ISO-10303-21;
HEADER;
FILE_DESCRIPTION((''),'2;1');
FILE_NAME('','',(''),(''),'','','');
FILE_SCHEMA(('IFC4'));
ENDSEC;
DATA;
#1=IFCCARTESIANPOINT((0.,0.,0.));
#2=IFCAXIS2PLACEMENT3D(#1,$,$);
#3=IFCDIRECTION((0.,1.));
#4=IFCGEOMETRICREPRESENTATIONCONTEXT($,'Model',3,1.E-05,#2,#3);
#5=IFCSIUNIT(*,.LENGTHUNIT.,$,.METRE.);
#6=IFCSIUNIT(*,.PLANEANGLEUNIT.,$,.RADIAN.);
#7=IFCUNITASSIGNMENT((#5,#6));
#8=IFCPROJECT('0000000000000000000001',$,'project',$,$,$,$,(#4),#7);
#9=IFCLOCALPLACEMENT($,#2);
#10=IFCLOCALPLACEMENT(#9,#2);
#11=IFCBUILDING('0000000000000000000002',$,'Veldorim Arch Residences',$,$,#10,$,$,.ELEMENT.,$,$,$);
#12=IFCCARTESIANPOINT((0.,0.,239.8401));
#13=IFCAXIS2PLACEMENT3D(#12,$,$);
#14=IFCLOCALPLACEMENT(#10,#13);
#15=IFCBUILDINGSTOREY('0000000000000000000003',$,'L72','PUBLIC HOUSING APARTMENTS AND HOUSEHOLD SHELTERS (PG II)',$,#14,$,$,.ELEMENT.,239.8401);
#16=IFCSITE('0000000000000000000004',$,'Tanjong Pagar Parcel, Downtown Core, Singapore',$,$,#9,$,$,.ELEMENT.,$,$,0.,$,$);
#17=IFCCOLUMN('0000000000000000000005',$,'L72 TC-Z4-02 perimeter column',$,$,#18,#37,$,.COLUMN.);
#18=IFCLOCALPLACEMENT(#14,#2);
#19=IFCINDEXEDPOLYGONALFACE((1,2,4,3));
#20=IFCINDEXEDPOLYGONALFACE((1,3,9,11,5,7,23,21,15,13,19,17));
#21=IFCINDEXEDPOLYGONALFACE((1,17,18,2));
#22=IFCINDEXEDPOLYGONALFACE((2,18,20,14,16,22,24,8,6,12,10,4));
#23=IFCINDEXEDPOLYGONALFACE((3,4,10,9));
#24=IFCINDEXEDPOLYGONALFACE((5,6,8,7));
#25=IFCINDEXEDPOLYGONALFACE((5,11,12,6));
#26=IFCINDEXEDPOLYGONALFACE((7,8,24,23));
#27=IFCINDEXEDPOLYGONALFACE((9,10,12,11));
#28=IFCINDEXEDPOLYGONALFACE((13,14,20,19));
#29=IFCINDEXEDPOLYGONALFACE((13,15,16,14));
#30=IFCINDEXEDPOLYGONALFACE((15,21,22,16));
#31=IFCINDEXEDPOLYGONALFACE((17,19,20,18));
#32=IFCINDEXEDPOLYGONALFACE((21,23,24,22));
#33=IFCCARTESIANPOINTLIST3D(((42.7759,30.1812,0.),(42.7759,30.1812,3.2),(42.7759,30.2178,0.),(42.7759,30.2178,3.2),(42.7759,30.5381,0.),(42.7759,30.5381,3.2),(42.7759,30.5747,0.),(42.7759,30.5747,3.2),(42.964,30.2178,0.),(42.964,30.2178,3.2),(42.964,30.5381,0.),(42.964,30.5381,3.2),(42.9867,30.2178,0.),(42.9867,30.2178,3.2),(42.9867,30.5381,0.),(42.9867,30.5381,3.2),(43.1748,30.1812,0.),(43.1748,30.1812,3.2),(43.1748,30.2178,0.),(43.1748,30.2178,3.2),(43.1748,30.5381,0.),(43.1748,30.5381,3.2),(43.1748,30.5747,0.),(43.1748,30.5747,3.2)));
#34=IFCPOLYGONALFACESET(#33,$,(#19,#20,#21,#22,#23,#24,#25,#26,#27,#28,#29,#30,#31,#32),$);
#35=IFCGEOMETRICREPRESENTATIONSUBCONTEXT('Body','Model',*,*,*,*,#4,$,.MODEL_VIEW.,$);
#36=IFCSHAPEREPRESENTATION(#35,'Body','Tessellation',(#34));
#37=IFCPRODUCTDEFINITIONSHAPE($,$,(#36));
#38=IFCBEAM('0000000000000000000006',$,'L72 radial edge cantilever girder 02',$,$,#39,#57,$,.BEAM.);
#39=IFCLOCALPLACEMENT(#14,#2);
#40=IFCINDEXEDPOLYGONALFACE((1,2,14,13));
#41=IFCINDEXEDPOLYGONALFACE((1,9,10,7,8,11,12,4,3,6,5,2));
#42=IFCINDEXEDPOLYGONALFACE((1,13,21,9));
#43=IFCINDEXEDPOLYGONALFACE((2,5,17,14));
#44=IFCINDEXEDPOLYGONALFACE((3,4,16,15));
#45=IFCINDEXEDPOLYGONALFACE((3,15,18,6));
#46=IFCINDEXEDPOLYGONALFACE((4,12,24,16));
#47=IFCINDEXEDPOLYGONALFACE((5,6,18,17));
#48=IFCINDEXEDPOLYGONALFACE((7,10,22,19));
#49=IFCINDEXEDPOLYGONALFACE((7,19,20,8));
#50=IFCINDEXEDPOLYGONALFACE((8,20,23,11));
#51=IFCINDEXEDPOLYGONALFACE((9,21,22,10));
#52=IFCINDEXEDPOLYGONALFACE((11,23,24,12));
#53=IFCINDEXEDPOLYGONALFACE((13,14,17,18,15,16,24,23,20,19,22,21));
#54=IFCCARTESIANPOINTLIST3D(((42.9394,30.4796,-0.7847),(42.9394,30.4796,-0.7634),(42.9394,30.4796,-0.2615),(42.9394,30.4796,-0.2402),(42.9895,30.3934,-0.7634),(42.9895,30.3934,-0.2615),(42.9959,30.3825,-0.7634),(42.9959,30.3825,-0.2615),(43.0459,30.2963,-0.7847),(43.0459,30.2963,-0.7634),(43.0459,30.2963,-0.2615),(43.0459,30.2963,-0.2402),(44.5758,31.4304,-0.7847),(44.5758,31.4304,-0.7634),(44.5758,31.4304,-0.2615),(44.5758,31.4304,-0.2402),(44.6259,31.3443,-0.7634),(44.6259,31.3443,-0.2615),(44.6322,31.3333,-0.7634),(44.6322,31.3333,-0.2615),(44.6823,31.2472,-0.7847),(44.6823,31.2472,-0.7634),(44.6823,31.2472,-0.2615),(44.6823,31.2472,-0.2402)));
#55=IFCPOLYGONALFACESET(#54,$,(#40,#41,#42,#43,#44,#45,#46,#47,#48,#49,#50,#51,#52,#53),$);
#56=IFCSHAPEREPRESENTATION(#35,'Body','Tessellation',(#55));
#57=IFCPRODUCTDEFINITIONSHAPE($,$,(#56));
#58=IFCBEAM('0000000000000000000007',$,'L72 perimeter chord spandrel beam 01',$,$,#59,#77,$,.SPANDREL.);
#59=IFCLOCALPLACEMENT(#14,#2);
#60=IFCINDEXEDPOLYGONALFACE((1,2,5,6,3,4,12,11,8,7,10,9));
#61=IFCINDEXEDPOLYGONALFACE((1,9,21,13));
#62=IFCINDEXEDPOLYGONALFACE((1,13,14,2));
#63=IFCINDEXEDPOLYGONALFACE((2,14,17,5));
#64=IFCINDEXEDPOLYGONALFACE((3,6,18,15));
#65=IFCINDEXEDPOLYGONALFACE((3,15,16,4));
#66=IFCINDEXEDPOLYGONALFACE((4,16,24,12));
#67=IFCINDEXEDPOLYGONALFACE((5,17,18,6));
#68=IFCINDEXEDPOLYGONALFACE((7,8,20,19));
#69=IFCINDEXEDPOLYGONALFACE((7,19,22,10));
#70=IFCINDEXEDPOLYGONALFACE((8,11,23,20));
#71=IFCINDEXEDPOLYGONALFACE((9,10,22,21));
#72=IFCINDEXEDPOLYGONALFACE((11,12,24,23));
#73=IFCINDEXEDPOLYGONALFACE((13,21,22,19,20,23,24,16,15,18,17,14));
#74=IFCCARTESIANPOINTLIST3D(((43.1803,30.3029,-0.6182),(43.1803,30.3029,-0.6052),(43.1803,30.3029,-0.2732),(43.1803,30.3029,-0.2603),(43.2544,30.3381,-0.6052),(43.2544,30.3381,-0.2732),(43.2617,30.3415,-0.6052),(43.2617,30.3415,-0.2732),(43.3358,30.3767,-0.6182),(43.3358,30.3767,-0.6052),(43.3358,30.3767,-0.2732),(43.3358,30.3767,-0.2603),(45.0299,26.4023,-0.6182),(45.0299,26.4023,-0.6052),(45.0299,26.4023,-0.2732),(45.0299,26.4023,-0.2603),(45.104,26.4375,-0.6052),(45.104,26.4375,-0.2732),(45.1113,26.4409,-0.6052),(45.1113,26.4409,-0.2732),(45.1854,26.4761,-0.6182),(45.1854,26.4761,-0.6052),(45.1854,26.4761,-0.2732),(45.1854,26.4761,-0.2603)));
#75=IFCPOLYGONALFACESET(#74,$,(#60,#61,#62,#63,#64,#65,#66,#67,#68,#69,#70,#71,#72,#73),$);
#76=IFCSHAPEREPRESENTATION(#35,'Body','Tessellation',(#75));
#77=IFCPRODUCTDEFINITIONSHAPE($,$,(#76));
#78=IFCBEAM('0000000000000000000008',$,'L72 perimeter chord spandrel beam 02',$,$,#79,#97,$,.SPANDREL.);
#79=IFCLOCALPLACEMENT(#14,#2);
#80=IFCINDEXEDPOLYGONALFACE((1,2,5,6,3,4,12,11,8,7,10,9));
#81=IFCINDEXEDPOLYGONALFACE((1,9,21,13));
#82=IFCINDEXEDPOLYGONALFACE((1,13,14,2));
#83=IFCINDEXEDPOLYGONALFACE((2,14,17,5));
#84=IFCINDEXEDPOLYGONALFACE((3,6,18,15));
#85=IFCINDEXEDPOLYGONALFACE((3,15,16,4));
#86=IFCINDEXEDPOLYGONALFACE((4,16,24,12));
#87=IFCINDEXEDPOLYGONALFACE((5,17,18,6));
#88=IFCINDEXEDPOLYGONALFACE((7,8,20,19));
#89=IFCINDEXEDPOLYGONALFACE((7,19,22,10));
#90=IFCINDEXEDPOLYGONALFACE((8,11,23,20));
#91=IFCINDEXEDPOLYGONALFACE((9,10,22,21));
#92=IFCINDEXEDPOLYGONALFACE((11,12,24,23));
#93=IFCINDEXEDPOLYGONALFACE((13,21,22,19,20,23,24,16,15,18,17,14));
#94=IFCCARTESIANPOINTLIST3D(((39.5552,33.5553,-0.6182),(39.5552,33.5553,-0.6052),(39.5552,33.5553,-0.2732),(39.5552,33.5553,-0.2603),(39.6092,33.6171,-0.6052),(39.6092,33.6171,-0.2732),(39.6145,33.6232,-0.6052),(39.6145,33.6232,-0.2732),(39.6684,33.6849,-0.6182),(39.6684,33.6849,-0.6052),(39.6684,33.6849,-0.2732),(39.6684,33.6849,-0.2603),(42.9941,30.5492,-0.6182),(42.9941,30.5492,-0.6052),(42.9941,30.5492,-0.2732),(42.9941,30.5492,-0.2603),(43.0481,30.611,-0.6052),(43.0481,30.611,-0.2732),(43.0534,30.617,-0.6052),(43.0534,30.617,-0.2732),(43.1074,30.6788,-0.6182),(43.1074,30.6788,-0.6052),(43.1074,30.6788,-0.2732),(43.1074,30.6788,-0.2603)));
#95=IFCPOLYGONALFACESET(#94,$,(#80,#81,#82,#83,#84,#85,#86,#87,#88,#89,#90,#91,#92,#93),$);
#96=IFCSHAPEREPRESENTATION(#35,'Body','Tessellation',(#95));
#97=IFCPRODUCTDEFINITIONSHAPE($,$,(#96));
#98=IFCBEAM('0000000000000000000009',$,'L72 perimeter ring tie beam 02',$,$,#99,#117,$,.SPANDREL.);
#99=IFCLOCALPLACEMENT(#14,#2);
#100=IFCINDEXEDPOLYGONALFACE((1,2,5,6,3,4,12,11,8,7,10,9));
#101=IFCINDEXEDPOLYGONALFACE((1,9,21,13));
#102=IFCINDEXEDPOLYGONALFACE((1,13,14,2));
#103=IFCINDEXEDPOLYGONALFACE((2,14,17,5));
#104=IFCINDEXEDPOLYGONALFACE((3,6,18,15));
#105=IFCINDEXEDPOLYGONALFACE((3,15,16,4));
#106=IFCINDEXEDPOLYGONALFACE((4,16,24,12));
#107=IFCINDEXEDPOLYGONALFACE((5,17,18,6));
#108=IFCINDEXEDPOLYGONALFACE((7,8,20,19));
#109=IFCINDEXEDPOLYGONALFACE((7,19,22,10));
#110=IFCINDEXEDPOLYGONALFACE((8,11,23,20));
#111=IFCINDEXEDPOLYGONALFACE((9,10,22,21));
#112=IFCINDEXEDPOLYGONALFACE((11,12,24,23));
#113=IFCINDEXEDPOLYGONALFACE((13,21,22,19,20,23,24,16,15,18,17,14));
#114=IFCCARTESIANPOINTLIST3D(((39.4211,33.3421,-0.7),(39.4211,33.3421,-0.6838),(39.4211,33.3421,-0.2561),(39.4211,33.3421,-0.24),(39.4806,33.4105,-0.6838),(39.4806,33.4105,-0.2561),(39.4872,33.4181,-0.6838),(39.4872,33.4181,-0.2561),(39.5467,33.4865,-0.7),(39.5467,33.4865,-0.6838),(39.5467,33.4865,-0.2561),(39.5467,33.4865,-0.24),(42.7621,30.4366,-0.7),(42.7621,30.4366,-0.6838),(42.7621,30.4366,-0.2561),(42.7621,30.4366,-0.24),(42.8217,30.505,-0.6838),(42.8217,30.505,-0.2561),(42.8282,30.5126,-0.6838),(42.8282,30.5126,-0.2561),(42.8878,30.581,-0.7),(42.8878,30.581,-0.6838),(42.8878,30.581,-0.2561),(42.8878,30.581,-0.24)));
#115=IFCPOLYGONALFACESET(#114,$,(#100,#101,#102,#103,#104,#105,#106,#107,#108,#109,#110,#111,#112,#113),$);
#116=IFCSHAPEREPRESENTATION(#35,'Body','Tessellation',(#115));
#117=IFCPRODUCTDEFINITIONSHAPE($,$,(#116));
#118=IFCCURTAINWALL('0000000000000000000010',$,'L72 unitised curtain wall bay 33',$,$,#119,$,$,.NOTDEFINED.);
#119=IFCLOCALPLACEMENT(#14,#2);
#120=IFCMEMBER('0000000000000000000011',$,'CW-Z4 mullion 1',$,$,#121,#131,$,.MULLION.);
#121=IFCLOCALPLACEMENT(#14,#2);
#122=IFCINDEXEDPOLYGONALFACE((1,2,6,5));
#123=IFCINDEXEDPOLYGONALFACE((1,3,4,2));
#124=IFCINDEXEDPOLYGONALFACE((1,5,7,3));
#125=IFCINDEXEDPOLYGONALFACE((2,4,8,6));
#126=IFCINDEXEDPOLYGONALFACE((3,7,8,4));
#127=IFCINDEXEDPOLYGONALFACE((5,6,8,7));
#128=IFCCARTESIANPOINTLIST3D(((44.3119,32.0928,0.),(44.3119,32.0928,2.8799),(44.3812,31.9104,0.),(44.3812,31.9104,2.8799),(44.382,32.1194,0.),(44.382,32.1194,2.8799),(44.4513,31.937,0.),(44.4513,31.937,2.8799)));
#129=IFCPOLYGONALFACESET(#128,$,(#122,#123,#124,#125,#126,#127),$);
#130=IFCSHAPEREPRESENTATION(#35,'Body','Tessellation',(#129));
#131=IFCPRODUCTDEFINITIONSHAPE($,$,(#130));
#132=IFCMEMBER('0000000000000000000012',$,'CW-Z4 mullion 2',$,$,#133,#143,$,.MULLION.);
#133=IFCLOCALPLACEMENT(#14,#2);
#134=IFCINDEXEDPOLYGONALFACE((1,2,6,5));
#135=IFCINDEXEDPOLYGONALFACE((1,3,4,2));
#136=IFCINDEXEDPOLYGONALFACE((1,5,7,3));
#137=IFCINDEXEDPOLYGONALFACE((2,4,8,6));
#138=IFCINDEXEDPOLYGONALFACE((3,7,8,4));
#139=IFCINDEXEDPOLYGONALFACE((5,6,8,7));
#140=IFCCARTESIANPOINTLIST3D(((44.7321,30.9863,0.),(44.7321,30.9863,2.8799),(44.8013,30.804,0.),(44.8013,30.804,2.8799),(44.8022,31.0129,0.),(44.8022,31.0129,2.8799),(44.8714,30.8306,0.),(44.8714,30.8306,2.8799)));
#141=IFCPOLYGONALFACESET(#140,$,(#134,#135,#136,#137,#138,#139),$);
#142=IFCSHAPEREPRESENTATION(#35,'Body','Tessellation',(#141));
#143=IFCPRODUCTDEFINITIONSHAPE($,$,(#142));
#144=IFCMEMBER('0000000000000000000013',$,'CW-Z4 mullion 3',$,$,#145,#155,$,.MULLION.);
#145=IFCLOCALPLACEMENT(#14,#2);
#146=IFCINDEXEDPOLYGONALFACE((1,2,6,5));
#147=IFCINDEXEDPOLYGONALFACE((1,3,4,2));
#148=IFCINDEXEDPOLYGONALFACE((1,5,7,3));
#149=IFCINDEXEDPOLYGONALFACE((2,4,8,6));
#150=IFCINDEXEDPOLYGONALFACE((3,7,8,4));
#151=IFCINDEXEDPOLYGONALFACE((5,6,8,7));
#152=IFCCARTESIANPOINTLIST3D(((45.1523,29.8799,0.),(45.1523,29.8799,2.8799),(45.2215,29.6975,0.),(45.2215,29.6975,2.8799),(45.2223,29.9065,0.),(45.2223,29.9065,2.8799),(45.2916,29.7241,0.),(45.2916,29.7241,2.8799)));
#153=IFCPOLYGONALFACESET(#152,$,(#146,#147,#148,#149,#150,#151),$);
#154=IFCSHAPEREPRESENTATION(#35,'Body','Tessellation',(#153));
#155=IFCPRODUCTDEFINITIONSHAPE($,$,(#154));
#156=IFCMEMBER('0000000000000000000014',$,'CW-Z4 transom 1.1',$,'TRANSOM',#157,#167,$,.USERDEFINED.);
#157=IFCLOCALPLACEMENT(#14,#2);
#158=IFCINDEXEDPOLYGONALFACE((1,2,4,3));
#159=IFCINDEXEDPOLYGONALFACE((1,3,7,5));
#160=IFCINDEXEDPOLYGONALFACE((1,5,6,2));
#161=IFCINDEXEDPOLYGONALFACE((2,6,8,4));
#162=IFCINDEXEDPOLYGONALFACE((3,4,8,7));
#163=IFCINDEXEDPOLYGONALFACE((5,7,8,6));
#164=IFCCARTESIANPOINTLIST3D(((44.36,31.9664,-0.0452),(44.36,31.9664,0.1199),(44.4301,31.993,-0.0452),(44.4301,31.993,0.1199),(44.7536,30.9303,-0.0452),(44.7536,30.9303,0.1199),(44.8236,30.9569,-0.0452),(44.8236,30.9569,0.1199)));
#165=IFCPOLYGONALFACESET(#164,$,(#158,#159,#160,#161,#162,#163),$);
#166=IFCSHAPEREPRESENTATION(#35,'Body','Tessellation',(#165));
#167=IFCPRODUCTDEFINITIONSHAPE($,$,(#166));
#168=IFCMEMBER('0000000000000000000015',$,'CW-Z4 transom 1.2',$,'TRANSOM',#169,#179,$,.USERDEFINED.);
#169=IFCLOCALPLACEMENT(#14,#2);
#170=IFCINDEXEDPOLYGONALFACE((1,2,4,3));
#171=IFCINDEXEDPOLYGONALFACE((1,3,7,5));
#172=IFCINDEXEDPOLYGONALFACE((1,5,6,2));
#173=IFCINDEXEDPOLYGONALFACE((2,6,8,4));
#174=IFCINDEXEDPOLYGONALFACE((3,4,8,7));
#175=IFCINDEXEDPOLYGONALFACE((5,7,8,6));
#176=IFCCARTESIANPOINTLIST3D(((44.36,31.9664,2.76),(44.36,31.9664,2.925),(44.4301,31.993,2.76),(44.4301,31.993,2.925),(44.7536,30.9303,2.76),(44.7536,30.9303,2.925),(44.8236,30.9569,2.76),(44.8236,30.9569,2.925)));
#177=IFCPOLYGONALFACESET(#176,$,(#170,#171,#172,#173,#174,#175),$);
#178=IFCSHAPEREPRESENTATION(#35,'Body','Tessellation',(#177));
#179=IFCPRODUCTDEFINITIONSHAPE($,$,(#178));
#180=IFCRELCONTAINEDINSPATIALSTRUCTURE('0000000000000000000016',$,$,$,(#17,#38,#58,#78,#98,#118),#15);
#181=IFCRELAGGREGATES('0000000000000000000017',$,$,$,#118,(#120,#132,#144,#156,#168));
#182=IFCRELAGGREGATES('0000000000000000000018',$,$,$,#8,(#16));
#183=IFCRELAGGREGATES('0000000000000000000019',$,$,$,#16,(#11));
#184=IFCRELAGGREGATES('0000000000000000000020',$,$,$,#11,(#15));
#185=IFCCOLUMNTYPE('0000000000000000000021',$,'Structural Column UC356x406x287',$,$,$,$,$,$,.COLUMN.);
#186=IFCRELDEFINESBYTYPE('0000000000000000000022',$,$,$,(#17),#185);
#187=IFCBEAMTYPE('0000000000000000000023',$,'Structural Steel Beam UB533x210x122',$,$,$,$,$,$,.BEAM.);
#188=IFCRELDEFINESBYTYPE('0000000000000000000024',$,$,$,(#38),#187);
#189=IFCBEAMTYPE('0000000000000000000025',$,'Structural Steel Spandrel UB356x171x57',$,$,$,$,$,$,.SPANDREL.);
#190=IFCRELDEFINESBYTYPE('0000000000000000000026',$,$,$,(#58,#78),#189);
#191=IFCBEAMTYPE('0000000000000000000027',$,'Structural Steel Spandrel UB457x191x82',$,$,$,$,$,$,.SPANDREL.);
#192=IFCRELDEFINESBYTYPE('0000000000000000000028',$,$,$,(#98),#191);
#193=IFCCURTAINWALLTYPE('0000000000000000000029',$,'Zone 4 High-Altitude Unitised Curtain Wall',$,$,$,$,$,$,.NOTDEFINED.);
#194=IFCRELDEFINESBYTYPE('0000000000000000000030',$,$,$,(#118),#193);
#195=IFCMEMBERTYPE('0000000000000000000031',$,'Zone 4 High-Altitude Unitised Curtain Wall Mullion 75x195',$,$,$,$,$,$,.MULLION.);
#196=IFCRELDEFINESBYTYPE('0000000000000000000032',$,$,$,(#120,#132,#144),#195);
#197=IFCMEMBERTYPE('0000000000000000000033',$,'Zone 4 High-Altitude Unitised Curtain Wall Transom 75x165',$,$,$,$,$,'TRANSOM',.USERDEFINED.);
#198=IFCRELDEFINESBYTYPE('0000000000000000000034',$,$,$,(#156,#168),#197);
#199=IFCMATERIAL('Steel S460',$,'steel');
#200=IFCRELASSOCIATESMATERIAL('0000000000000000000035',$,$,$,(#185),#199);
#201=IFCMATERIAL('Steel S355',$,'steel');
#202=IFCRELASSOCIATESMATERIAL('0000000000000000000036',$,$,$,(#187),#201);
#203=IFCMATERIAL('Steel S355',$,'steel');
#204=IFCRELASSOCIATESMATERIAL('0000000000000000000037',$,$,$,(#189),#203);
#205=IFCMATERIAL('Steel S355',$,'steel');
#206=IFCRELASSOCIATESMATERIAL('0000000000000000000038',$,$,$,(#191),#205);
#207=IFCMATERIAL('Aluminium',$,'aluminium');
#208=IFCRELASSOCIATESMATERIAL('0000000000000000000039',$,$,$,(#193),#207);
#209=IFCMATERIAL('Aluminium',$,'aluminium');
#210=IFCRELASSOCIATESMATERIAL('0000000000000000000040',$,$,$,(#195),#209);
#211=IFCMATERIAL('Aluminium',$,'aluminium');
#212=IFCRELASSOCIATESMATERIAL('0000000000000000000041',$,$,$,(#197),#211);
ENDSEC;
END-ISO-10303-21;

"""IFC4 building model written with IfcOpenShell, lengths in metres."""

from ifc_helpers import new_model, si_unit, direction, frame, origin, origin_2d, place, context, subcontext, project, spatial, rectangle, i_section, extrude, material, material_profile, profile_set, type_object, element, aggregate, save


model = new_model("IFC4")

# Units and contexts
model_context = context("Model", 3, precision=1e-05, world=origin(), true_north=direction((0.0, 1.0)))
body_context = subcontext(model_context, "Body", "Model", "MODEL_VIEW")
ifc_project = project(units=[si_unit("LENGTHUNIT", "METRE"), si_unit("PLANEANGLEUNIT", "RADIAN")], contexts=[model_context])

# Site, building, storey
site_placement = place(None, origin())
site = spatial("IfcSite", under=ifc_project, at=site_placement, Name="Tanjong Pagar Parcel, Downtown Core, Singapore", CompositionType="ELEMENT", RefElevation=0.0)
building_placement = place(site_placement, origin())
building = spatial("IfcBuilding", under=site, at=building_placement, Name="Veldorim Arch Residences", CompositionType="ELEMENT")
storey_placement = place(building_placement, frame((0.0, 0.0, 239.8401)))
storey = spatial("IfcBuildingStorey", under=building, at=storey_placement, Name="L72", Description="PUBLIC HOUSING APARTMENTS AND HOUSEHOLD SHELTERS (PG II)", CompositionType="ELEMENT", Elevation=239.8401)

# Column
ifc_material_1 = material(Name="Steel S460", Category="steel")
ifc_material_profile_1 = material_profile(ifc_material_1, i_section(OverallWidth=0.3989, OverallDepth=0.3936, WebThickness=0.0227, FlangeThickness=0.0366, at=origin_2d()), Name="UC356x406x287")
ifc_profile_set_1 = profile_set([ifc_material_profile_1], Name="Steel S460")
column_type = type_object("IfcColumnType", Name="Structural Column UC356x406x287", PredefinedType="COLUMN", material=ifc_profile_set_1)
column_placement = place(storey_placement, frame((42.9753, 30.3779, 0.0), z_axis=(0.0, 0.0, 1.0), x_axis=(1.0, 0.0, 0.0)))
element("IfcColumn", 1, at=column_placement, inside=storey, type_object=column_type, Name="L72 TC-Z4-02 perimeter column", PredefinedType="COLUMN", context=body_context, shape_type="SweptSolid", body=[
    extrude(i_section(OverallWidth=0.3989, OverallDepth=0.3936, WebThickness=0.0227, FlangeThickness=0.0366, at=origin_2d()), origin(), (0.0, 0.0, 1.0), 3.2),
])

# Beams
ifc_material_2 = material(Name="Steel S355", Category="steel")
ifc_material_profile_2 = material_profile(ifc_material_2, i_section(OverallWidth=0.2119, OverallDepth=0.5444, WebThickness=0.0127, FlangeThickness=0.0212, at=origin_2d()), Name="UB533x210x122")
ifc_profile_set_2 = profile_set([ifc_material_profile_2], Name="Steel S355")
beam_type_1 = type_object("IfcBeamType", Name="Structural Steel Beam UB533x210x122", PredefinedType="BEAM", material=ifc_profile_set_2)
beam_1_placement = place(storey_placement, frame((42.9927, 30.3879, -0.5125), z_axis=(0.864624, 0.502419, 0.0), x_axis=(-0.502419, 0.864624, 0.0)))
element("IfcBeam", 2, at=beam_1_placement, inside=storey, type_object=beam_type_1, Name="L72 radial edge cantilever girder 02", PredefinedType="BEAM", context=body_context, shape_type="SweptSolid", body=[
    extrude(i_section(OverallWidth=0.2119, OverallDepth=0.5444, WebThickness=0.0127, FlangeThickness=0.0212, at=origin_2d()), origin(), (0.0, 0.0, 1.0), 1.8926),
])
ifc_material_3 = material(Name="Steel S355", Category="steel")
ifc_material_profile_3 = material_profile(ifc_material_3, i_section(OverallWidth=0.1721, OverallDepth=0.3579, WebThickness=0.0081, FlangeThickness=0.0129, at=origin_2d()), Name="UB356x171x57")
ifc_profile_set_3 = profile_set([ifc_material_profile_3], Name="Steel S355")
beam_type_2 = type_object("IfcBeamType", Name="Structural Steel Spandrel UB356x171x57", PredefinedType="SPANDREL", material=ifc_profile_set_3)
beam_2_placement = place(storey_placement, frame((45.1077, 26.4392, -0.4392), z_axis=(-0.428453, 0.903564, 0.0), x_axis=(-0.903564, -0.428453, 0.0)))
element("IfcBeam", 3, at=beam_2_placement, inside=storey, type_object=beam_type_2, Name="L72 perimeter chord spandrel beam 01", PredefinedType="SPANDREL", context=body_context, shape_type="SweptSolid", body=[
    extrude(i_section(OverallWidth=0.1721, OverallDepth=0.3579, WebThickness=0.0081, FlangeThickness=0.0129, at=origin_2d()), origin(), (0.0, 0.0, 1.0), 4.3169),
])
beam_3_placement = place(storey_placement, frame((43.0508, 30.614, -0.4392), z_axis=(-0.752901, 0.658134, 0.0), x_axis=(-0.658134, -0.752901, 0.0)))
element("IfcBeam", 4, at=beam_3_placement, inside=storey, type_object=beam_type_2, Name="L72 perimeter chord spandrel beam 02", PredefinedType="SPANDREL", context=body_context, shape_type="SweptSolid", body=[
    extrude(i_section(OverallWidth=0.1721, OverallDepth=0.3579, WebThickness=0.0081, FlangeThickness=0.0129, at=origin_2d()), origin(), (0.0, 0.0, 1.0), 4.5676),
])
ifc_material_4 = material(Name="Steel S355", Category="steel")
ifc_material_profile_4 = material_profile(ifc_material_4, i_section(OverallWidth=0.1914, OverallDepth=0.46, WebThickness=0.01, FlangeThickness=0.0161, at=origin_2d()), Name="UB457x191x82")
ifc_profile_set_4 = profile_set([ifc_material_profile_4], Name="Steel S355")
beam_type_3 = type_object("IfcBeamType", Name="Structural Steel Spandrel UB457x191x82", PredefinedType="SPANDREL", material=ifc_profile_set_4)
beam_4_placement = place(storey_placement, frame((42.825, 30.5088, -0.47), z_axis=(-0.754578, 0.65621, 0.0), x_axis=(-0.65621, -0.754578, 0.0)))
element("IfcBeam", 5, at=beam_4_placement, inside=storey, type_object=beam_type_3, Name="L72 perimeter ring tie beam 02", PredefinedType="SPANDREL", context=body_context, shape_type="SweptSolid", body=[
    extrude(i_section(OverallWidth=0.1914, OverallDepth=0.46, WebThickness=0.01, FlangeThickness=0.0161, at=origin_2d()), origin(), (0.0, 0.0, 1.0), 4.4277),
])

# Curtain wall, members
ifc_material_5 = material(Name="Aluminium", Category="aluminium")
curtain_wall_type = type_object("IfcCurtainWallType", Name="Zone 4 High-Altitude Unitised Curtain Wall", PredefinedType="NOTDEFINED", material=ifc_material_5)
curtain_wall_placement = place(storey_placement, origin())
curtain_wall = element("IfcCurtainWall", 6, at=curtain_wall_placement, inside=storey, type_object=curtain_wall_type, Name="L72 unitised curtain wall bay 33", PredefinedType="NOTDEFINED")
ifc_material_6 = material(Name="Aluminium", Category="aluminium")
ifc_material_profile_5 = material_profile(ifc_material_6, rectangle(XDim=0.075, YDim=0.1951, at=origin_2d()), Name="ALU_MUL_75x195")
ifc_profile_set_5 = profile_set([ifc_material_profile_5], Name="Aluminium")
member_type_1 = type_object("IfcMemberType", Name="Zone 4 High-Altitude Unitised Curtain Wall Mullion 75x195", PredefinedType="MULLION", material=ifc_profile_set_5)
member_1_placement = place(storey_placement, frame((44.3816, 32.0149, 0.0), z_axis=(0.0, 0.0, 1.0), x_axis=(0.934865, 0.355002, 0.0)))
member_1 = element("IfcMember", 7, at=member_1_placement, type_object=member_type_1, Name="CW-Z4 mullion 1", PredefinedType="MULLION", context=body_context, shape_type="SweptSolid", body=[
    extrude(rectangle(XDim=0.075, YDim=0.1951, at=origin_2d()), origin(), (0.0, 0.0, 1.0), 2.8799),
])
member_2_placement = place(storey_placement, frame((44.8018, 30.9084, 0.0), z_axis=(0.0, 0.0, 1.0), x_axis=(0.934865, 0.355002, 0.0)))
member_2 = element("IfcMember", 8, at=member_2_placement, type_object=member_type_1, Name="CW-Z4 mullion 2", PredefinedType="MULLION", context=body_context, shape_type="SweptSolid", body=[
    extrude(rectangle(XDim=0.075, YDim=0.1951, at=origin_2d()), origin(), (0.0, 0.0, 1.0), 2.8799),
])
member_3_placement = place(storey_placement, frame((45.2219, 29.802, 0.0), z_axis=(0.0, 0.0, 1.0), x_axis=(0.934865, 0.355002, 0.0)))
member_3 = element("IfcMember", 9, at=member_3_placement, type_object=member_type_1, Name="CW-Z4 mullion 3", PredefinedType="MULLION", context=body_context, shape_type="SweptSolid", body=[
    extrude(rectangle(XDim=0.075, YDim=0.1951, at=origin_2d()), origin(), (0.0, 0.0, 1.0), 2.8799),
])
ifc_material_7 = material(Name="Aluminium", Category="aluminium")
ifc_material_profile_6 = material_profile(ifc_material_7, rectangle(XDim=0.075, YDim=0.165, at=origin_2d()), Name="ALU_TRN_75x165")
ifc_profile_set_6 = profile_set([ifc_material_profile_6], Name="Aluminium")
member_type_2 = type_object("IfcMemberType", Name="Zone 4 High-Altitude Unitised Curtain Wall Transom 75x165", ElementType="TRANSOM", PredefinedType="USERDEFINED", material=ifc_profile_set_6)
member_4_placement = place(storey_placement, frame((44.395, 31.9797, 0.0374), z_axis=(0.355079, -0.934836, 0.0), x_axis=(0.934836, 0.355079, 0.0)))
member_4 = element("IfcMember", 10, at=member_4_placement, type_object=member_type_2, Name="CW-Z4 transom 1.1", ObjectType="TRANSOM", PredefinedType="USERDEFINED", context=body_context, shape_type="SweptSolid", body=[
    extrude(rectangle(XDim=0.075, YDim=0.165, at=origin_2d()), origin(), (0.0, 0.0, 1.0), 1.1084),
])
member_5_placement = place(storey_placement, frame((44.395, 31.9797, 2.8425), z_axis=(0.355079, -0.934836, 0.0), x_axis=(0.934836, 0.355079, 0.0)))
member_5 = element("IfcMember", 11, at=member_5_placement, type_object=member_type_2, Name="CW-Z4 transom 1.2", ObjectType="TRANSOM", PredefinedType="USERDEFINED", context=body_context, shape_type="SweptSolid", body=[
    extrude(rectangle(XDim=0.075, YDim=0.165, at=origin_2d()), origin(), (0.0, 0.0, 1.0), 1.1084),
])
aggregate(curtain_wall, [member_1, member_2, member_3, member_4, member_5])

save(model, "model.ifc")
